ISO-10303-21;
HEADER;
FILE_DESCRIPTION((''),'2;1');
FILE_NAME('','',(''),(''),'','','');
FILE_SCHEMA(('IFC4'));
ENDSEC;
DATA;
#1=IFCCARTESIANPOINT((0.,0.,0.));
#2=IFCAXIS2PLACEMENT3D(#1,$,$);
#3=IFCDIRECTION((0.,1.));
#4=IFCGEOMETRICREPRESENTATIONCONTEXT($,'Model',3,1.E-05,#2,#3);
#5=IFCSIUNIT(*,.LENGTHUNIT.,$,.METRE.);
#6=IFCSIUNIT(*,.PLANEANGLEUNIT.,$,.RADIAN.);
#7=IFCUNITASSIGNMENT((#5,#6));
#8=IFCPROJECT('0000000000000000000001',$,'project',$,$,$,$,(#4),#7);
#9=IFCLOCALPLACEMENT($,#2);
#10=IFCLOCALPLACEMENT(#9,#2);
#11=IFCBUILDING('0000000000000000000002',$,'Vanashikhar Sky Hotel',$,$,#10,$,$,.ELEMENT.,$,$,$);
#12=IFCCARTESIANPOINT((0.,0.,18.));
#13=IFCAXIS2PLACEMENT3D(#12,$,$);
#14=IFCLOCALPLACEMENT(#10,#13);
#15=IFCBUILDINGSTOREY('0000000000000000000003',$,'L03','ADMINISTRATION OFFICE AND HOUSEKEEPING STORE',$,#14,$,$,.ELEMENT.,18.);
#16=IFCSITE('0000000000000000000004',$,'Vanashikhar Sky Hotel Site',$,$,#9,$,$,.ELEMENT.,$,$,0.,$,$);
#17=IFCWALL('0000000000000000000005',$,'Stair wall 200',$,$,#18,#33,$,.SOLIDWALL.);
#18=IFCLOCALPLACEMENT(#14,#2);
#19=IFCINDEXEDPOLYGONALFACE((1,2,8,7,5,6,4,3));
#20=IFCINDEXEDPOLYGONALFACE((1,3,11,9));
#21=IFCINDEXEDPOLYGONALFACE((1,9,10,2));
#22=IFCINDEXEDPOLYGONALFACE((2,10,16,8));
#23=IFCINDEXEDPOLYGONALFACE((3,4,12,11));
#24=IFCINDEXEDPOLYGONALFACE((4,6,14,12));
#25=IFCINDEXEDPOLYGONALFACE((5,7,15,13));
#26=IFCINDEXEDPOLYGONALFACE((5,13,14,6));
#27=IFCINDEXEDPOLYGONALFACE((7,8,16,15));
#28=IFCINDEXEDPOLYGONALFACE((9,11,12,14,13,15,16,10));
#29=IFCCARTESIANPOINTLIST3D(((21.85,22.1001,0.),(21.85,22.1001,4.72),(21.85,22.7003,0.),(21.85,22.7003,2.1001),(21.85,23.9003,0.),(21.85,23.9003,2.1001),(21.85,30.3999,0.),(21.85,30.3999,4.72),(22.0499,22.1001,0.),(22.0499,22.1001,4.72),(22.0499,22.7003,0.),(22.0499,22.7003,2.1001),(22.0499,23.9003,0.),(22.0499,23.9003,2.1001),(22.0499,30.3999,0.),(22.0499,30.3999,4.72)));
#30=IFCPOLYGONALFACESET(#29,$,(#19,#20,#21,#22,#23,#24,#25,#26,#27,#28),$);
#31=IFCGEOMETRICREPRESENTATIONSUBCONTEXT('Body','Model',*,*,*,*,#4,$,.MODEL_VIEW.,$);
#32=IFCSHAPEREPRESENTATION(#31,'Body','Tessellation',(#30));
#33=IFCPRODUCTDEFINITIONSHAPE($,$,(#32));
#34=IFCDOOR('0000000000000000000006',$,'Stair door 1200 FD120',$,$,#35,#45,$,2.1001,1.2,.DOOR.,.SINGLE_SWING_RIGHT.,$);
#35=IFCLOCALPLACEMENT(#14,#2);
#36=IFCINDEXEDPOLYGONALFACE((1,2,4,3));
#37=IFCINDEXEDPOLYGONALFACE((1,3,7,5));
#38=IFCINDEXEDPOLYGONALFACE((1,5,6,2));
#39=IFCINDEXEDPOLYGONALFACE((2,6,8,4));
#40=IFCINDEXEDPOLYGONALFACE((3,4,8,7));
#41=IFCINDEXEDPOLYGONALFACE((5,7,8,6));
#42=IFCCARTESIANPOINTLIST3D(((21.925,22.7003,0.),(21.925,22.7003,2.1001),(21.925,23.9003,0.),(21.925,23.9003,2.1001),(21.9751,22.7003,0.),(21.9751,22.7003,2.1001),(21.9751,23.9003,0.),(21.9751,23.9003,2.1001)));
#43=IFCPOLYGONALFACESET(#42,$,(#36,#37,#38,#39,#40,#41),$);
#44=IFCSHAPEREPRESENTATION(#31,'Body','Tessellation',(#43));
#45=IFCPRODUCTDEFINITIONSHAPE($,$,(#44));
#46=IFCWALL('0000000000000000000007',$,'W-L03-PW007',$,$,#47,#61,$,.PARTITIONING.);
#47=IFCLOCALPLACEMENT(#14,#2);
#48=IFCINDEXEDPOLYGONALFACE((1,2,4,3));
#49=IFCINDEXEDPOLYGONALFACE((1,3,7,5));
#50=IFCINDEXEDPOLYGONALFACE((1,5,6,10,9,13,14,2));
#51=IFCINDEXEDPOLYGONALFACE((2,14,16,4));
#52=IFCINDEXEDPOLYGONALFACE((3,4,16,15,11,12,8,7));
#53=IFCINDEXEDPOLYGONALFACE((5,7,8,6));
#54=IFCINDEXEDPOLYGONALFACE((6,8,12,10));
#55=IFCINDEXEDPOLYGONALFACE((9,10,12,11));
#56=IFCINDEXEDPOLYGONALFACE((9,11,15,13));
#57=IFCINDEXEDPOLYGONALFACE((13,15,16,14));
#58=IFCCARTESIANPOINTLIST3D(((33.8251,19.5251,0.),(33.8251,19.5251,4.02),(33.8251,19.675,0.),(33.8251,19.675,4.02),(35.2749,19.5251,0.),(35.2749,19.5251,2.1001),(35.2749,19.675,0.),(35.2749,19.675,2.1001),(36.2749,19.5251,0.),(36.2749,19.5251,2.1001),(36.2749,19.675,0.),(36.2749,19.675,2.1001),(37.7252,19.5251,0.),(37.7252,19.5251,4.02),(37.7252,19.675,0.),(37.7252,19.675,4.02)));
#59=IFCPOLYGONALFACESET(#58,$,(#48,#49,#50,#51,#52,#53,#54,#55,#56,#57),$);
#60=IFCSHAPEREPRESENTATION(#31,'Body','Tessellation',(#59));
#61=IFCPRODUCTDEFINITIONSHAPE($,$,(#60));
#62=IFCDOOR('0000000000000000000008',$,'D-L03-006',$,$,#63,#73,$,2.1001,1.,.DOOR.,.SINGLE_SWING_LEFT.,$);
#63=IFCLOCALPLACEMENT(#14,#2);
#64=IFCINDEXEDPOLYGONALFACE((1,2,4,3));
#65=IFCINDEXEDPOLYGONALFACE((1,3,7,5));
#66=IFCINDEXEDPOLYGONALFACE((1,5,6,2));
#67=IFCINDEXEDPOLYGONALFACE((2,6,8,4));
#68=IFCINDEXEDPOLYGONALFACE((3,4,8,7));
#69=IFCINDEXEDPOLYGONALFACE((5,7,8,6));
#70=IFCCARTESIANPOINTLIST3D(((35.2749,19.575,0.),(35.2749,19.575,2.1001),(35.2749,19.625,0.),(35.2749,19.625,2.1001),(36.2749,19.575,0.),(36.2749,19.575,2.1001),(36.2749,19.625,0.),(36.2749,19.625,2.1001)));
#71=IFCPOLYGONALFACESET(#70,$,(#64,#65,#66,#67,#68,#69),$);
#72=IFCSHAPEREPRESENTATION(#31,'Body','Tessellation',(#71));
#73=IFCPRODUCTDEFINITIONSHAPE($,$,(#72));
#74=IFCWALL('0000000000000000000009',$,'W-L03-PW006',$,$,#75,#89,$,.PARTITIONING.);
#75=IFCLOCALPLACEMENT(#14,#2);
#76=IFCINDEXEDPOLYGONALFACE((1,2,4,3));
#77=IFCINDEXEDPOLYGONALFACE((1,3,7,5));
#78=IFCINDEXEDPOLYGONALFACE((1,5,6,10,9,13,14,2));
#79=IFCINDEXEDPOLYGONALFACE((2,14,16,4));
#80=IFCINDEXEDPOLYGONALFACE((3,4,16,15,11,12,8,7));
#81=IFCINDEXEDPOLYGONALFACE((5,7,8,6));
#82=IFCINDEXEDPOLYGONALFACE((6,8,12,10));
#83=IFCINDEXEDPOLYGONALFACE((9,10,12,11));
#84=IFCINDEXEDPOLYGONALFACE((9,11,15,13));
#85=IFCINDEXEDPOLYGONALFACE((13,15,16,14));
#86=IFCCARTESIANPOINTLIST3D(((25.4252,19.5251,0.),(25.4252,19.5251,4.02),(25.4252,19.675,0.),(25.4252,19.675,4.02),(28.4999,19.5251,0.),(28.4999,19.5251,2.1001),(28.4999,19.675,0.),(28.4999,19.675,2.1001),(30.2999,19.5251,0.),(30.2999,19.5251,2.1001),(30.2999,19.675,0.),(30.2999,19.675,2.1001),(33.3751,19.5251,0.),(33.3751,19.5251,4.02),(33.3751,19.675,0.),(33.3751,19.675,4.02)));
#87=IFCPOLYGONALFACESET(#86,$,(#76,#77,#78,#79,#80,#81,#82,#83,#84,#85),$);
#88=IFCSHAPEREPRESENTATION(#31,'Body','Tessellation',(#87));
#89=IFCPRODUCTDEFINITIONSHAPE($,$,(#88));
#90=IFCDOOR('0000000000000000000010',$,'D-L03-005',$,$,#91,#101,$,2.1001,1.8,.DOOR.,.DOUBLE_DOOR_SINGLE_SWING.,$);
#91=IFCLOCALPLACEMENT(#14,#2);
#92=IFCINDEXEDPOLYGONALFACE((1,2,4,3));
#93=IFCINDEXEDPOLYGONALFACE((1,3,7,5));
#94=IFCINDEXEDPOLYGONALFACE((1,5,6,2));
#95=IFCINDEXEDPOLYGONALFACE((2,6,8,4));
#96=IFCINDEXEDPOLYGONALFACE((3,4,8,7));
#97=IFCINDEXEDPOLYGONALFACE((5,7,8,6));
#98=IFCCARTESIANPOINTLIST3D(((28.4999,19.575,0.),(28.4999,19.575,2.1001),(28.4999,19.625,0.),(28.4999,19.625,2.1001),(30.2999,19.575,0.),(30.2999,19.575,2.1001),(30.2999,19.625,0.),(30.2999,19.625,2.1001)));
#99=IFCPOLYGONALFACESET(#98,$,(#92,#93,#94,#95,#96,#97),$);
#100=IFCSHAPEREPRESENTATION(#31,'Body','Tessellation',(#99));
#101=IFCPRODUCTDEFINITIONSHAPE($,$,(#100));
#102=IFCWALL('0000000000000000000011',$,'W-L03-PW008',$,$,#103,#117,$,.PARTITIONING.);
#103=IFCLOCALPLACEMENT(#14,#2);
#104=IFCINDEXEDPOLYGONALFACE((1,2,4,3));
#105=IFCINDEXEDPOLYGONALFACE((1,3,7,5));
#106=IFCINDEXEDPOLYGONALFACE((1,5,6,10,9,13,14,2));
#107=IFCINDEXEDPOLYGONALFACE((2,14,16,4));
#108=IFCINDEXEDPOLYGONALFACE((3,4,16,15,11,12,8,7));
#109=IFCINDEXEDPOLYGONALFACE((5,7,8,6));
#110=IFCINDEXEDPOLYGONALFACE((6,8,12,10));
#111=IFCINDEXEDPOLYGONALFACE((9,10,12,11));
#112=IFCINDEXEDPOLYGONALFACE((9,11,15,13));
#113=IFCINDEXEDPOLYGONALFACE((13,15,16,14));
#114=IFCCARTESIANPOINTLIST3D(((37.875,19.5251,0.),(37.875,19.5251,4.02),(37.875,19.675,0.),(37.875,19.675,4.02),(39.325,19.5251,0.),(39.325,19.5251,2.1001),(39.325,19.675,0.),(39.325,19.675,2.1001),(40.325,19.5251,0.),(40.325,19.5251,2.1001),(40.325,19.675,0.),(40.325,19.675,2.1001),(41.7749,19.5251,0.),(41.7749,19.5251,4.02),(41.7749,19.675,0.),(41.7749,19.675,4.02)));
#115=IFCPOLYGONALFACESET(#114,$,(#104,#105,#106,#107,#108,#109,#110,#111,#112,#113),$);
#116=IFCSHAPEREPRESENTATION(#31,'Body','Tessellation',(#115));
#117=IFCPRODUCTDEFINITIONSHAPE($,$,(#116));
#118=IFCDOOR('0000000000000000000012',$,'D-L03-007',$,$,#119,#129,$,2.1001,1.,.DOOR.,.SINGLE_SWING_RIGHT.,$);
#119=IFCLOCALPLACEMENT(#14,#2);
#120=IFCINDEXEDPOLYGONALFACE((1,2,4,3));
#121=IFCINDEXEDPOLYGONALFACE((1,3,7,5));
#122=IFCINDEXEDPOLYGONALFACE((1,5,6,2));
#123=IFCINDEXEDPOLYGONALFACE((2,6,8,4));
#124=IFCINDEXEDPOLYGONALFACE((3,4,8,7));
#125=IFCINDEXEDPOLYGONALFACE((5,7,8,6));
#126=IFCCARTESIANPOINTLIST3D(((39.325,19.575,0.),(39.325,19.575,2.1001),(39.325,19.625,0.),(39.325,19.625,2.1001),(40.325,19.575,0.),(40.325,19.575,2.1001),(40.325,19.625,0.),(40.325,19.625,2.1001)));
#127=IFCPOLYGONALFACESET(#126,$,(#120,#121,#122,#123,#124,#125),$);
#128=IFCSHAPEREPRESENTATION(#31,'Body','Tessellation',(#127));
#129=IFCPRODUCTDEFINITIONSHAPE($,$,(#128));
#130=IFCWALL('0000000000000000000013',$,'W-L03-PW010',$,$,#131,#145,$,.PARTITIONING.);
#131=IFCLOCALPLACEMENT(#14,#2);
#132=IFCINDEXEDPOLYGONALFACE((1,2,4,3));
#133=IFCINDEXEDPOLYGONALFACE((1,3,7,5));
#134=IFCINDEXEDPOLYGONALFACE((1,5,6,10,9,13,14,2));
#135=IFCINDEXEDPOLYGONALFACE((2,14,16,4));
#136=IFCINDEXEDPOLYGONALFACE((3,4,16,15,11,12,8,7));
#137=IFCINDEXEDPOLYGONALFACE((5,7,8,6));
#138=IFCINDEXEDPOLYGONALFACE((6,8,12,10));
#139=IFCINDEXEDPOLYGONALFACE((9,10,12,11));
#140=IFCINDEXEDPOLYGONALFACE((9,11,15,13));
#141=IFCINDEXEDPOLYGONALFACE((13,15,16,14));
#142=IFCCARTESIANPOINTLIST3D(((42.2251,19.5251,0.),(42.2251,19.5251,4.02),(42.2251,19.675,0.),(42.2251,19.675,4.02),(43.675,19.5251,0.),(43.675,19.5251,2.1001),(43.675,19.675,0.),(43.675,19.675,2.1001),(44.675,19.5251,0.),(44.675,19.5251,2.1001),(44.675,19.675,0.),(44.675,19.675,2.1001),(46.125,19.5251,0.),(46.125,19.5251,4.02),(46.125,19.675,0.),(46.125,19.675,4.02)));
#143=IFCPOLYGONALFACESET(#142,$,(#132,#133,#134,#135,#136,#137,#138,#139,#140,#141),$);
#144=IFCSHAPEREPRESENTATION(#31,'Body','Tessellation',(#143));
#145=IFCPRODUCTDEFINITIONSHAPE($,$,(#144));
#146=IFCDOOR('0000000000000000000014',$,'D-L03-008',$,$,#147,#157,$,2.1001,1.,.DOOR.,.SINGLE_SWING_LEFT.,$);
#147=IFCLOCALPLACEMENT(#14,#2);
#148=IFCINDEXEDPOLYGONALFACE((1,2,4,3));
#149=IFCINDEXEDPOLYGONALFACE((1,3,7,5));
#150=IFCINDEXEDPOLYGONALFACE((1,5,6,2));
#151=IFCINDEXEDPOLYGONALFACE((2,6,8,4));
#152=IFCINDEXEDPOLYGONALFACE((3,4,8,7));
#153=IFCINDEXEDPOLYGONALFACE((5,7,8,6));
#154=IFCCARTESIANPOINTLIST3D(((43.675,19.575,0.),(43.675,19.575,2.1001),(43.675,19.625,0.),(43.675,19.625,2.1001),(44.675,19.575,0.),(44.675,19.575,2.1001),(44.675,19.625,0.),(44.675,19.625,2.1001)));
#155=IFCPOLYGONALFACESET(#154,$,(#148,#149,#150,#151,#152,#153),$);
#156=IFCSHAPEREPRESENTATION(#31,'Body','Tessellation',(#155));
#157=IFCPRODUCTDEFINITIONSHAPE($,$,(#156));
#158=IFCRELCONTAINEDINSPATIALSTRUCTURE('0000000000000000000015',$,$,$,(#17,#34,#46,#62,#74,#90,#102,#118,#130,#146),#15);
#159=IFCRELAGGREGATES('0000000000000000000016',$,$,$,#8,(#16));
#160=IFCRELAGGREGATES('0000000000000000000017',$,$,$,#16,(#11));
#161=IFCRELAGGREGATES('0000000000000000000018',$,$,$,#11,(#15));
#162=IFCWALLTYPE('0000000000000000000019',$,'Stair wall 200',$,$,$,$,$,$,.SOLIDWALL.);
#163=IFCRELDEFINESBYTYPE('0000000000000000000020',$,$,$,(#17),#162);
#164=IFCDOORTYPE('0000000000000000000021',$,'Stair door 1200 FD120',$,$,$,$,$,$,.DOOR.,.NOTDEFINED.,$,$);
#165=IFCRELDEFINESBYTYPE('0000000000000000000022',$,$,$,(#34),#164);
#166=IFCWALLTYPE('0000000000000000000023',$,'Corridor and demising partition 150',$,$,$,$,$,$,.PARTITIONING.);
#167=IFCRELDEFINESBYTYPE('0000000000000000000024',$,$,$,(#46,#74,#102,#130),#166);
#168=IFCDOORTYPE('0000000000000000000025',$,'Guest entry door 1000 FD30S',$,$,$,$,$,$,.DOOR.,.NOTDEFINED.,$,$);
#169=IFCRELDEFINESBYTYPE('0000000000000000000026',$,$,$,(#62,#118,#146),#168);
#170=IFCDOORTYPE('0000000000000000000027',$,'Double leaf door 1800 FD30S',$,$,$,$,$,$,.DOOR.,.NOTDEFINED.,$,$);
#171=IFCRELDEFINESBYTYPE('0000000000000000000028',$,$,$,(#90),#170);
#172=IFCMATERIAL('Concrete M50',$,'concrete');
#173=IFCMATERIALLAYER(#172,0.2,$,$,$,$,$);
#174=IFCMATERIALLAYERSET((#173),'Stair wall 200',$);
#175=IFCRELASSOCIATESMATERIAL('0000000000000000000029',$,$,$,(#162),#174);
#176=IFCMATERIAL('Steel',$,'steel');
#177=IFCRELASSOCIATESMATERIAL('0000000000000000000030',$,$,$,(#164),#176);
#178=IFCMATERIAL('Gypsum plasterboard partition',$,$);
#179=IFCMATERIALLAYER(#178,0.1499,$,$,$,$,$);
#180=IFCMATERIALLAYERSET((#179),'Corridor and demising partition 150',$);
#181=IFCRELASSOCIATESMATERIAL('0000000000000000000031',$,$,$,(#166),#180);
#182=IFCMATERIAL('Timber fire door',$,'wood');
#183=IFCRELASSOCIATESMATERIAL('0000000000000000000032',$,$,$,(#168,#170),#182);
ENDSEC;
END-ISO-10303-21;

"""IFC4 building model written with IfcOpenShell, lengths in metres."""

from ifc_helpers import new_model, si_unit, direction, frame, frame_2d, origin, place, context, subcontext, project, spatial, rectangle, extrude, source, transform, mapped, material, layer, layer_set, type_object, element, fill, save


model = new_model("IFC4")

# Units and contexts
model_context = context("Model", 3, precision=1e-05, world=origin(), true_north=direction((0.0, 1.0)))
body_context = subcontext(model_context, "Body", "Model", "MODEL_VIEW")
ifc_project = project(units=[si_unit("LENGTHUNIT", "METRE"), si_unit("PLANEANGLEUNIT", "RADIAN")], contexts=[model_context])

# Site, building, storey
site_placement = place(None, origin())
site = spatial("IfcSite", under=ifc_project, at=site_placement, Name="Vanashikhar Sky Hotel Site", CompositionType="ELEMENT", RefElevation=0.0)
building_placement = place(site_placement, origin())
building = spatial("IfcBuilding", under=site, at=building_placement, Name="Vanashikhar Sky Hotel", CompositionType="ELEMENT")
storey_placement = place(building_placement, frame((0.0, 0.0, 18.0)))
storey = spatial("IfcBuildingStorey", under=building, at=storey_placement, Name="L03", Description="ADMINISTRATION OFFICE AND HOUSEKEEPING STORE", CompositionType="ELEMENT", Elevation=18.0)

# Shared definitions
ifc_material_1 = material(Name="Concrete M50", Category="concrete")

# Shared definitions
ifc_material_2 = material(Name="Steel", Category="steel")

# Walls, openings, doors
ifc_layer_1 = layer(ifc_material_1, 0.2)
ifc_layer_set_1 = layer_set([ifc_layer_1], Name="Stair wall 200")
wall_type_1 = type_object("IfcWallType", Name="Stair wall 200", PredefinedType="SOLIDWALL", material=ifc_layer_set_1)
shared_shape_1 = source(origin(), body_context, "Body", "SweptSolid", [
    extrude(rectangle(XDim=8.2998, YDim=0.2, at=frame_2d((4.1499, 0.0))), origin(), (0.0, 0.0, 1.0), 4.72),
])
wall_1_placement = place(storey_placement, frame((21.95, 22.1001, 0.0), z_axis=(0.0, 0.0, 1.0), x_axis=(0.0, 1.0, 0.0)))
wall_1 = element("IfcWall", 1, at=wall_1_placement, inside=storey, type_object=wall_type_1, Name="Stair wall 200", PredefinedType="SOLIDWALL", context=body_context, shape_type="MappedRepresentation", body=[
    mapped(shared_shape_1, transform((0.0, 0.0, 0.0), scale=1.0)),
])
shared_shape_2 = source(origin(), body_context, "Body", "SweptSolid", [
    extrude(rectangle(XDim=1.2, YDim=2.1001, at=frame_2d((0.6001, 1.05))), frame((0.0, 0.1099, 0.0), z_axis=(0.0, -1.0, 0.0), x_axis=(1.0, 0.0, 0.0)), (0.0, 0.0, 1.0), 0.22),
])
opening_1_placement = place(wall_1_placement, frame((0.6001, 0.0, 0.0)))
opening_1 = element("IfcOpeningElement", 2, at=opening_1_placement, cuts=wall_1, PredefinedType="OPENING", context=body_context, shape_type="MappedRepresentation", body=[
    mapped(shared_shape_2, transform((0.0, 0.0, 0.0), scale=1.0)),
])
door_type_1 = type_object("IfcDoorType", Name="Stair door 1200 FD120", OperationType="NOTDEFINED", PredefinedType="DOOR", material=ifc_material_2)
shared_shape_3 = source(origin(), body_context, "Body", "SweptSolid", [
    extrude(rectangle(XDim=1.2, YDim=2.1001, at=frame_2d((0.6001, 1.05))), frame((0.0, 0.0249, 0.0), z_axis=(0.0, -1.0, 0.0), x_axis=(1.0, 0.0, 0.0)), (0.0, 0.0, 1.0), 0.05),
])
door_1_placement = place(opening_1_placement, origin())
door_1 = element("IfcDoor", 3, at=door_1_placement, inside=storey, type_object=door_type_1, Name="Stair door 1200 FD120", OperationType="SINGLE_SWING_RIGHT", OverallHeight=2.1001, OverallWidth=1.2, PredefinedType="DOOR", context=body_context, shape_type="MappedRepresentation", body=[
    mapped(shared_shape_3, transform((0.0, 0.0, 0.0), scale=1.0)),
])
fill(opening_1, door_1)
ifc_material_3 = material(Name="Gypsum plasterboard partition")
ifc_layer_2 = layer(ifc_material_3, 0.1499)
ifc_layer_set_2 = layer_set([ifc_layer_2], Name="Corridor and demising partition 150")
wall_type_2 = type_object("IfcWallType", Name="Corridor and demising partition 150", PredefinedType="PARTITIONING", material=ifc_layer_set_2)
shared_shape_4 = source(origin(), body_context, "Body", "SweptSolid", [
    extrude(rectangle(XDim=3.9001, YDim=0.1499, at=frame_2d((1.9502, 0.0))), origin(), (0.0, 0.0, 1.0), 4.02),
])
wall_2_placement = place(storey_placement, frame((33.825, 19.6001, 0.0), z_axis=(0.0, 0.0, 1.0), x_axis=(1.0, 0.0, 0.0)))
wall_2 = element("IfcWall", 4, at=wall_2_placement, inside=storey, type_object=wall_type_2, Name="W-L03-PW007", PredefinedType="PARTITIONING", context=body_context, shape_type="MappedRepresentation", body=[
    mapped(shared_shape_4, transform((0.0, 0.0, 0.0), scale=1.0)),
])
shared_shape_5 = source(origin(), body_context, "Body", "SweptSolid", [
    extrude(rectangle(XDim=1.0, YDim=2.1001, at=frame_2d((0.5, 1.05))), frame((0.0, 0.085, 0.0), z_axis=(0.0, -1.0, 0.0), x_axis=(1.0, 0.0, 0.0)), (0.0, 0.0, 1.0), 0.1699),
])
opening_2_placement = place(wall_2_placement, frame((1.45, 0.0, 0.0)))
opening_2 = element("IfcOpeningElement", 5, at=opening_2_placement, cuts=wall_2, PredefinedType="OPENING", context=body_context, shape_type="MappedRepresentation", body=[
    mapped(shared_shape_5, transform((0.0, 0.0, 0.0), scale=1.0)),
])
ifc_material_4 = material(Name="Timber fire door", Category="wood")
door_type_2 = type_object("IfcDoorType", Name="Guest entry door 1000 FD30S", OperationType="NOTDEFINED", PredefinedType="DOOR", material=ifc_material_4)
shared_shape_6 = source(origin(), body_context, "Body", "SweptSolid", [
    extrude(rectangle(XDim=1.0, YDim=2.1001, at=frame_2d((0.5, 1.05))), frame((0.0, 0.0249, 0.0), z_axis=(0.0, -1.0, 0.0), x_axis=(1.0, 0.0, 0.0)), (0.0, 0.0, 1.0), 0.05),
])
door_2_placement = place(opening_2_placement, origin())
door_2 = element("IfcDoor", 6, at=door_2_placement, inside=storey, type_object=door_type_2, Name="D-L03-006", OperationType="SINGLE_SWING_LEFT", OverallHeight=2.1001, OverallWidth=1.0, PredefinedType="DOOR", context=body_context, shape_type="MappedRepresentation", body=[
    mapped(shared_shape_6, transform((0.0, 0.0, 0.0), scale=1.0)),
])
fill(opening_2, door_2)
shared_shape_7 = source(origin(), body_context, "Body", "SweptSolid", [
    extrude(rectangle(XDim=7.95, YDim=0.1499, at=frame_2d((3.9751, 0.0))), origin(), (0.0, 0.0, 1.0), 4.02),
])
wall_3_placement = place(storey_placement, frame((25.425, 19.6001, 0.0), z_axis=(0.0, 0.0, 1.0), x_axis=(1.0, 0.0, 0.0)))
wall_3 = element("IfcWall", 7, at=wall_3_placement, inside=storey, type_object=wall_type_2, Name="W-L03-PW006", PredefinedType="PARTITIONING", context=body_context, shape_type="MappedRepresentation", body=[
    mapped(shared_shape_7, transform((0.0, 0.0, 0.0), scale=1.0)),
])
shared_shape_8 = source(origin(), body_context, "Body", "SweptSolid", [
    extrude(rectangle(XDim=1.8, YDim=2.1001, at=frame_2d((0.8999, 1.05))), frame((0.0, 0.085, 0.0), z_axis=(0.0, -1.0, 0.0), x_axis=(1.0, 0.0, 0.0)), (0.0, 0.0, 1.0), 0.1699),
])
opening_3_placement = place(wall_3_placement, frame((3.075, 0.0, 0.0)))
opening_3 = element("IfcOpeningElement", 8, at=opening_3_placement, cuts=wall_3, PredefinedType="OPENING", context=body_context, shape_type="MappedRepresentation", body=[
    mapped(shared_shape_8, transform((0.0, 0.0, 0.0), scale=1.0)),
])
door_type_3 = type_object("IfcDoorType", Name="Double leaf door 1800 FD30S", OperationType="NOTDEFINED", PredefinedType="DOOR", material=ifc_material_4)
shared_shape_9 = source(origin(), body_context, "Body", "SweptSolid", [
    extrude(rectangle(XDim=1.8, YDim=2.1001, at=frame_2d((0.8999, 1.05))), frame((0.0, 0.0249, 0.0), z_axis=(0.0, -1.0, 0.0), x_axis=(1.0, 0.0, 0.0)), (0.0, 0.0, 1.0), 0.05),
])
door_3_placement = place(opening_3_placement, origin())
door_3 = element("IfcDoor", 9, at=door_3_placement, inside=storey, type_object=door_type_3, Name="D-L03-005", OperationType="DOUBLE_DOOR_SINGLE_SWING", OverallHeight=2.1001, OverallWidth=1.8, PredefinedType="DOOR", context=body_context, shape_type="MappedRepresentation", body=[
    mapped(shared_shape_9, transform((0.0, 0.0, 0.0), scale=1.0)),
])
fill(opening_3, door_3)
shared_shape_10 = source(origin(), body_context, "Body", "SweptSolid", [
    extrude(rectangle(XDim=3.8999, YDim=0.1499, at=frame_2d((1.95, 0.0))), origin(), (0.0, 0.0, 1.0), 4.02),
])
wall_4_placement = place(storey_placement, frame((37.875, 19.6001, 0.0), z_axis=(0.0, 0.0, 1.0), x_axis=(1.0, 0.0, 0.0)))
wall_4 = element("IfcWall", 10, at=wall_4_placement, inside=storey, type_object=wall_type_2, Name="W-L03-PW008", PredefinedType="PARTITIONING", context=body_context, shape_type="MappedRepresentation", body=[
    mapped(shared_shape_10, transform((0.0, 0.0, 0.0), scale=1.0)),
])
opening_4_placement = place(wall_4_placement, frame((1.45, 0.0, 0.0)))
opening_4 = element("IfcOpeningElement", 11, at=opening_4_placement, cuts=wall_4, PredefinedType="OPENING", context=body_context, shape_type="MappedRepresentation", body=[
    mapped(shared_shape_5, transform((0.0, 0.0, 0.0), scale=1.0)),
])
door_4_placement = place(opening_4_placement, origin())
door_4 = element("IfcDoor", 12, at=door_4_placement, inside=storey, type_object=door_type_2, Name="D-L03-007", OperationType="SINGLE_SWING_RIGHT", OverallHeight=2.1001, OverallWidth=1.0, PredefinedType="DOOR", context=body_context, shape_type="MappedRepresentation", body=[
    mapped(shared_shape_6, transform((0.0, 0.0, 0.0), scale=1.0)),
])
fill(opening_4, door_4)
wall_5_placement = place(storey_placement, frame((42.2251, 19.6001, 0.0), z_axis=(0.0, 0.0, 1.0), x_axis=(1.0, 0.0, 0.0)))
wall_5 = element("IfcWall", 13, at=wall_5_placement, inside=storey, type_object=wall_type_2, Name="W-L03-PW010", PredefinedType="PARTITIONING", context=body_context, shape_type="MappedRepresentation", body=[
    mapped(shared_shape_10, transform((0.0, 0.0, 0.0), scale=1.0)),
])
opening_5_placement = place(wall_5_placement, frame((1.45, 0.0, 0.0)))
opening_5 = element("IfcOpeningElement", 14, at=opening_5_placement, cuts=wall_5, PredefinedType="OPENING", context=body_context, shape_type="MappedRepresentation", body=[
    mapped(shared_shape_5, transform((0.0, 0.0, 0.0), scale=1.0)),
])
door_5_placement = place(opening_5_placement, origin())
door_5 = element("IfcDoor", 15, at=door_5_placement, inside=storey, type_object=door_type_2, Name="D-L03-008", OperationType="SINGLE_SWING_LEFT", OverallHeight=2.1001, OverallWidth=1.0, PredefinedType="DOOR", context=body_context, shape_type="MappedRepresentation", body=[
    mapped(shared_shape_6, transform((0.0, 0.0, 0.0), scale=1.0)),
])
fill(opening_5, door_5)

save(model, "model.ifc")
